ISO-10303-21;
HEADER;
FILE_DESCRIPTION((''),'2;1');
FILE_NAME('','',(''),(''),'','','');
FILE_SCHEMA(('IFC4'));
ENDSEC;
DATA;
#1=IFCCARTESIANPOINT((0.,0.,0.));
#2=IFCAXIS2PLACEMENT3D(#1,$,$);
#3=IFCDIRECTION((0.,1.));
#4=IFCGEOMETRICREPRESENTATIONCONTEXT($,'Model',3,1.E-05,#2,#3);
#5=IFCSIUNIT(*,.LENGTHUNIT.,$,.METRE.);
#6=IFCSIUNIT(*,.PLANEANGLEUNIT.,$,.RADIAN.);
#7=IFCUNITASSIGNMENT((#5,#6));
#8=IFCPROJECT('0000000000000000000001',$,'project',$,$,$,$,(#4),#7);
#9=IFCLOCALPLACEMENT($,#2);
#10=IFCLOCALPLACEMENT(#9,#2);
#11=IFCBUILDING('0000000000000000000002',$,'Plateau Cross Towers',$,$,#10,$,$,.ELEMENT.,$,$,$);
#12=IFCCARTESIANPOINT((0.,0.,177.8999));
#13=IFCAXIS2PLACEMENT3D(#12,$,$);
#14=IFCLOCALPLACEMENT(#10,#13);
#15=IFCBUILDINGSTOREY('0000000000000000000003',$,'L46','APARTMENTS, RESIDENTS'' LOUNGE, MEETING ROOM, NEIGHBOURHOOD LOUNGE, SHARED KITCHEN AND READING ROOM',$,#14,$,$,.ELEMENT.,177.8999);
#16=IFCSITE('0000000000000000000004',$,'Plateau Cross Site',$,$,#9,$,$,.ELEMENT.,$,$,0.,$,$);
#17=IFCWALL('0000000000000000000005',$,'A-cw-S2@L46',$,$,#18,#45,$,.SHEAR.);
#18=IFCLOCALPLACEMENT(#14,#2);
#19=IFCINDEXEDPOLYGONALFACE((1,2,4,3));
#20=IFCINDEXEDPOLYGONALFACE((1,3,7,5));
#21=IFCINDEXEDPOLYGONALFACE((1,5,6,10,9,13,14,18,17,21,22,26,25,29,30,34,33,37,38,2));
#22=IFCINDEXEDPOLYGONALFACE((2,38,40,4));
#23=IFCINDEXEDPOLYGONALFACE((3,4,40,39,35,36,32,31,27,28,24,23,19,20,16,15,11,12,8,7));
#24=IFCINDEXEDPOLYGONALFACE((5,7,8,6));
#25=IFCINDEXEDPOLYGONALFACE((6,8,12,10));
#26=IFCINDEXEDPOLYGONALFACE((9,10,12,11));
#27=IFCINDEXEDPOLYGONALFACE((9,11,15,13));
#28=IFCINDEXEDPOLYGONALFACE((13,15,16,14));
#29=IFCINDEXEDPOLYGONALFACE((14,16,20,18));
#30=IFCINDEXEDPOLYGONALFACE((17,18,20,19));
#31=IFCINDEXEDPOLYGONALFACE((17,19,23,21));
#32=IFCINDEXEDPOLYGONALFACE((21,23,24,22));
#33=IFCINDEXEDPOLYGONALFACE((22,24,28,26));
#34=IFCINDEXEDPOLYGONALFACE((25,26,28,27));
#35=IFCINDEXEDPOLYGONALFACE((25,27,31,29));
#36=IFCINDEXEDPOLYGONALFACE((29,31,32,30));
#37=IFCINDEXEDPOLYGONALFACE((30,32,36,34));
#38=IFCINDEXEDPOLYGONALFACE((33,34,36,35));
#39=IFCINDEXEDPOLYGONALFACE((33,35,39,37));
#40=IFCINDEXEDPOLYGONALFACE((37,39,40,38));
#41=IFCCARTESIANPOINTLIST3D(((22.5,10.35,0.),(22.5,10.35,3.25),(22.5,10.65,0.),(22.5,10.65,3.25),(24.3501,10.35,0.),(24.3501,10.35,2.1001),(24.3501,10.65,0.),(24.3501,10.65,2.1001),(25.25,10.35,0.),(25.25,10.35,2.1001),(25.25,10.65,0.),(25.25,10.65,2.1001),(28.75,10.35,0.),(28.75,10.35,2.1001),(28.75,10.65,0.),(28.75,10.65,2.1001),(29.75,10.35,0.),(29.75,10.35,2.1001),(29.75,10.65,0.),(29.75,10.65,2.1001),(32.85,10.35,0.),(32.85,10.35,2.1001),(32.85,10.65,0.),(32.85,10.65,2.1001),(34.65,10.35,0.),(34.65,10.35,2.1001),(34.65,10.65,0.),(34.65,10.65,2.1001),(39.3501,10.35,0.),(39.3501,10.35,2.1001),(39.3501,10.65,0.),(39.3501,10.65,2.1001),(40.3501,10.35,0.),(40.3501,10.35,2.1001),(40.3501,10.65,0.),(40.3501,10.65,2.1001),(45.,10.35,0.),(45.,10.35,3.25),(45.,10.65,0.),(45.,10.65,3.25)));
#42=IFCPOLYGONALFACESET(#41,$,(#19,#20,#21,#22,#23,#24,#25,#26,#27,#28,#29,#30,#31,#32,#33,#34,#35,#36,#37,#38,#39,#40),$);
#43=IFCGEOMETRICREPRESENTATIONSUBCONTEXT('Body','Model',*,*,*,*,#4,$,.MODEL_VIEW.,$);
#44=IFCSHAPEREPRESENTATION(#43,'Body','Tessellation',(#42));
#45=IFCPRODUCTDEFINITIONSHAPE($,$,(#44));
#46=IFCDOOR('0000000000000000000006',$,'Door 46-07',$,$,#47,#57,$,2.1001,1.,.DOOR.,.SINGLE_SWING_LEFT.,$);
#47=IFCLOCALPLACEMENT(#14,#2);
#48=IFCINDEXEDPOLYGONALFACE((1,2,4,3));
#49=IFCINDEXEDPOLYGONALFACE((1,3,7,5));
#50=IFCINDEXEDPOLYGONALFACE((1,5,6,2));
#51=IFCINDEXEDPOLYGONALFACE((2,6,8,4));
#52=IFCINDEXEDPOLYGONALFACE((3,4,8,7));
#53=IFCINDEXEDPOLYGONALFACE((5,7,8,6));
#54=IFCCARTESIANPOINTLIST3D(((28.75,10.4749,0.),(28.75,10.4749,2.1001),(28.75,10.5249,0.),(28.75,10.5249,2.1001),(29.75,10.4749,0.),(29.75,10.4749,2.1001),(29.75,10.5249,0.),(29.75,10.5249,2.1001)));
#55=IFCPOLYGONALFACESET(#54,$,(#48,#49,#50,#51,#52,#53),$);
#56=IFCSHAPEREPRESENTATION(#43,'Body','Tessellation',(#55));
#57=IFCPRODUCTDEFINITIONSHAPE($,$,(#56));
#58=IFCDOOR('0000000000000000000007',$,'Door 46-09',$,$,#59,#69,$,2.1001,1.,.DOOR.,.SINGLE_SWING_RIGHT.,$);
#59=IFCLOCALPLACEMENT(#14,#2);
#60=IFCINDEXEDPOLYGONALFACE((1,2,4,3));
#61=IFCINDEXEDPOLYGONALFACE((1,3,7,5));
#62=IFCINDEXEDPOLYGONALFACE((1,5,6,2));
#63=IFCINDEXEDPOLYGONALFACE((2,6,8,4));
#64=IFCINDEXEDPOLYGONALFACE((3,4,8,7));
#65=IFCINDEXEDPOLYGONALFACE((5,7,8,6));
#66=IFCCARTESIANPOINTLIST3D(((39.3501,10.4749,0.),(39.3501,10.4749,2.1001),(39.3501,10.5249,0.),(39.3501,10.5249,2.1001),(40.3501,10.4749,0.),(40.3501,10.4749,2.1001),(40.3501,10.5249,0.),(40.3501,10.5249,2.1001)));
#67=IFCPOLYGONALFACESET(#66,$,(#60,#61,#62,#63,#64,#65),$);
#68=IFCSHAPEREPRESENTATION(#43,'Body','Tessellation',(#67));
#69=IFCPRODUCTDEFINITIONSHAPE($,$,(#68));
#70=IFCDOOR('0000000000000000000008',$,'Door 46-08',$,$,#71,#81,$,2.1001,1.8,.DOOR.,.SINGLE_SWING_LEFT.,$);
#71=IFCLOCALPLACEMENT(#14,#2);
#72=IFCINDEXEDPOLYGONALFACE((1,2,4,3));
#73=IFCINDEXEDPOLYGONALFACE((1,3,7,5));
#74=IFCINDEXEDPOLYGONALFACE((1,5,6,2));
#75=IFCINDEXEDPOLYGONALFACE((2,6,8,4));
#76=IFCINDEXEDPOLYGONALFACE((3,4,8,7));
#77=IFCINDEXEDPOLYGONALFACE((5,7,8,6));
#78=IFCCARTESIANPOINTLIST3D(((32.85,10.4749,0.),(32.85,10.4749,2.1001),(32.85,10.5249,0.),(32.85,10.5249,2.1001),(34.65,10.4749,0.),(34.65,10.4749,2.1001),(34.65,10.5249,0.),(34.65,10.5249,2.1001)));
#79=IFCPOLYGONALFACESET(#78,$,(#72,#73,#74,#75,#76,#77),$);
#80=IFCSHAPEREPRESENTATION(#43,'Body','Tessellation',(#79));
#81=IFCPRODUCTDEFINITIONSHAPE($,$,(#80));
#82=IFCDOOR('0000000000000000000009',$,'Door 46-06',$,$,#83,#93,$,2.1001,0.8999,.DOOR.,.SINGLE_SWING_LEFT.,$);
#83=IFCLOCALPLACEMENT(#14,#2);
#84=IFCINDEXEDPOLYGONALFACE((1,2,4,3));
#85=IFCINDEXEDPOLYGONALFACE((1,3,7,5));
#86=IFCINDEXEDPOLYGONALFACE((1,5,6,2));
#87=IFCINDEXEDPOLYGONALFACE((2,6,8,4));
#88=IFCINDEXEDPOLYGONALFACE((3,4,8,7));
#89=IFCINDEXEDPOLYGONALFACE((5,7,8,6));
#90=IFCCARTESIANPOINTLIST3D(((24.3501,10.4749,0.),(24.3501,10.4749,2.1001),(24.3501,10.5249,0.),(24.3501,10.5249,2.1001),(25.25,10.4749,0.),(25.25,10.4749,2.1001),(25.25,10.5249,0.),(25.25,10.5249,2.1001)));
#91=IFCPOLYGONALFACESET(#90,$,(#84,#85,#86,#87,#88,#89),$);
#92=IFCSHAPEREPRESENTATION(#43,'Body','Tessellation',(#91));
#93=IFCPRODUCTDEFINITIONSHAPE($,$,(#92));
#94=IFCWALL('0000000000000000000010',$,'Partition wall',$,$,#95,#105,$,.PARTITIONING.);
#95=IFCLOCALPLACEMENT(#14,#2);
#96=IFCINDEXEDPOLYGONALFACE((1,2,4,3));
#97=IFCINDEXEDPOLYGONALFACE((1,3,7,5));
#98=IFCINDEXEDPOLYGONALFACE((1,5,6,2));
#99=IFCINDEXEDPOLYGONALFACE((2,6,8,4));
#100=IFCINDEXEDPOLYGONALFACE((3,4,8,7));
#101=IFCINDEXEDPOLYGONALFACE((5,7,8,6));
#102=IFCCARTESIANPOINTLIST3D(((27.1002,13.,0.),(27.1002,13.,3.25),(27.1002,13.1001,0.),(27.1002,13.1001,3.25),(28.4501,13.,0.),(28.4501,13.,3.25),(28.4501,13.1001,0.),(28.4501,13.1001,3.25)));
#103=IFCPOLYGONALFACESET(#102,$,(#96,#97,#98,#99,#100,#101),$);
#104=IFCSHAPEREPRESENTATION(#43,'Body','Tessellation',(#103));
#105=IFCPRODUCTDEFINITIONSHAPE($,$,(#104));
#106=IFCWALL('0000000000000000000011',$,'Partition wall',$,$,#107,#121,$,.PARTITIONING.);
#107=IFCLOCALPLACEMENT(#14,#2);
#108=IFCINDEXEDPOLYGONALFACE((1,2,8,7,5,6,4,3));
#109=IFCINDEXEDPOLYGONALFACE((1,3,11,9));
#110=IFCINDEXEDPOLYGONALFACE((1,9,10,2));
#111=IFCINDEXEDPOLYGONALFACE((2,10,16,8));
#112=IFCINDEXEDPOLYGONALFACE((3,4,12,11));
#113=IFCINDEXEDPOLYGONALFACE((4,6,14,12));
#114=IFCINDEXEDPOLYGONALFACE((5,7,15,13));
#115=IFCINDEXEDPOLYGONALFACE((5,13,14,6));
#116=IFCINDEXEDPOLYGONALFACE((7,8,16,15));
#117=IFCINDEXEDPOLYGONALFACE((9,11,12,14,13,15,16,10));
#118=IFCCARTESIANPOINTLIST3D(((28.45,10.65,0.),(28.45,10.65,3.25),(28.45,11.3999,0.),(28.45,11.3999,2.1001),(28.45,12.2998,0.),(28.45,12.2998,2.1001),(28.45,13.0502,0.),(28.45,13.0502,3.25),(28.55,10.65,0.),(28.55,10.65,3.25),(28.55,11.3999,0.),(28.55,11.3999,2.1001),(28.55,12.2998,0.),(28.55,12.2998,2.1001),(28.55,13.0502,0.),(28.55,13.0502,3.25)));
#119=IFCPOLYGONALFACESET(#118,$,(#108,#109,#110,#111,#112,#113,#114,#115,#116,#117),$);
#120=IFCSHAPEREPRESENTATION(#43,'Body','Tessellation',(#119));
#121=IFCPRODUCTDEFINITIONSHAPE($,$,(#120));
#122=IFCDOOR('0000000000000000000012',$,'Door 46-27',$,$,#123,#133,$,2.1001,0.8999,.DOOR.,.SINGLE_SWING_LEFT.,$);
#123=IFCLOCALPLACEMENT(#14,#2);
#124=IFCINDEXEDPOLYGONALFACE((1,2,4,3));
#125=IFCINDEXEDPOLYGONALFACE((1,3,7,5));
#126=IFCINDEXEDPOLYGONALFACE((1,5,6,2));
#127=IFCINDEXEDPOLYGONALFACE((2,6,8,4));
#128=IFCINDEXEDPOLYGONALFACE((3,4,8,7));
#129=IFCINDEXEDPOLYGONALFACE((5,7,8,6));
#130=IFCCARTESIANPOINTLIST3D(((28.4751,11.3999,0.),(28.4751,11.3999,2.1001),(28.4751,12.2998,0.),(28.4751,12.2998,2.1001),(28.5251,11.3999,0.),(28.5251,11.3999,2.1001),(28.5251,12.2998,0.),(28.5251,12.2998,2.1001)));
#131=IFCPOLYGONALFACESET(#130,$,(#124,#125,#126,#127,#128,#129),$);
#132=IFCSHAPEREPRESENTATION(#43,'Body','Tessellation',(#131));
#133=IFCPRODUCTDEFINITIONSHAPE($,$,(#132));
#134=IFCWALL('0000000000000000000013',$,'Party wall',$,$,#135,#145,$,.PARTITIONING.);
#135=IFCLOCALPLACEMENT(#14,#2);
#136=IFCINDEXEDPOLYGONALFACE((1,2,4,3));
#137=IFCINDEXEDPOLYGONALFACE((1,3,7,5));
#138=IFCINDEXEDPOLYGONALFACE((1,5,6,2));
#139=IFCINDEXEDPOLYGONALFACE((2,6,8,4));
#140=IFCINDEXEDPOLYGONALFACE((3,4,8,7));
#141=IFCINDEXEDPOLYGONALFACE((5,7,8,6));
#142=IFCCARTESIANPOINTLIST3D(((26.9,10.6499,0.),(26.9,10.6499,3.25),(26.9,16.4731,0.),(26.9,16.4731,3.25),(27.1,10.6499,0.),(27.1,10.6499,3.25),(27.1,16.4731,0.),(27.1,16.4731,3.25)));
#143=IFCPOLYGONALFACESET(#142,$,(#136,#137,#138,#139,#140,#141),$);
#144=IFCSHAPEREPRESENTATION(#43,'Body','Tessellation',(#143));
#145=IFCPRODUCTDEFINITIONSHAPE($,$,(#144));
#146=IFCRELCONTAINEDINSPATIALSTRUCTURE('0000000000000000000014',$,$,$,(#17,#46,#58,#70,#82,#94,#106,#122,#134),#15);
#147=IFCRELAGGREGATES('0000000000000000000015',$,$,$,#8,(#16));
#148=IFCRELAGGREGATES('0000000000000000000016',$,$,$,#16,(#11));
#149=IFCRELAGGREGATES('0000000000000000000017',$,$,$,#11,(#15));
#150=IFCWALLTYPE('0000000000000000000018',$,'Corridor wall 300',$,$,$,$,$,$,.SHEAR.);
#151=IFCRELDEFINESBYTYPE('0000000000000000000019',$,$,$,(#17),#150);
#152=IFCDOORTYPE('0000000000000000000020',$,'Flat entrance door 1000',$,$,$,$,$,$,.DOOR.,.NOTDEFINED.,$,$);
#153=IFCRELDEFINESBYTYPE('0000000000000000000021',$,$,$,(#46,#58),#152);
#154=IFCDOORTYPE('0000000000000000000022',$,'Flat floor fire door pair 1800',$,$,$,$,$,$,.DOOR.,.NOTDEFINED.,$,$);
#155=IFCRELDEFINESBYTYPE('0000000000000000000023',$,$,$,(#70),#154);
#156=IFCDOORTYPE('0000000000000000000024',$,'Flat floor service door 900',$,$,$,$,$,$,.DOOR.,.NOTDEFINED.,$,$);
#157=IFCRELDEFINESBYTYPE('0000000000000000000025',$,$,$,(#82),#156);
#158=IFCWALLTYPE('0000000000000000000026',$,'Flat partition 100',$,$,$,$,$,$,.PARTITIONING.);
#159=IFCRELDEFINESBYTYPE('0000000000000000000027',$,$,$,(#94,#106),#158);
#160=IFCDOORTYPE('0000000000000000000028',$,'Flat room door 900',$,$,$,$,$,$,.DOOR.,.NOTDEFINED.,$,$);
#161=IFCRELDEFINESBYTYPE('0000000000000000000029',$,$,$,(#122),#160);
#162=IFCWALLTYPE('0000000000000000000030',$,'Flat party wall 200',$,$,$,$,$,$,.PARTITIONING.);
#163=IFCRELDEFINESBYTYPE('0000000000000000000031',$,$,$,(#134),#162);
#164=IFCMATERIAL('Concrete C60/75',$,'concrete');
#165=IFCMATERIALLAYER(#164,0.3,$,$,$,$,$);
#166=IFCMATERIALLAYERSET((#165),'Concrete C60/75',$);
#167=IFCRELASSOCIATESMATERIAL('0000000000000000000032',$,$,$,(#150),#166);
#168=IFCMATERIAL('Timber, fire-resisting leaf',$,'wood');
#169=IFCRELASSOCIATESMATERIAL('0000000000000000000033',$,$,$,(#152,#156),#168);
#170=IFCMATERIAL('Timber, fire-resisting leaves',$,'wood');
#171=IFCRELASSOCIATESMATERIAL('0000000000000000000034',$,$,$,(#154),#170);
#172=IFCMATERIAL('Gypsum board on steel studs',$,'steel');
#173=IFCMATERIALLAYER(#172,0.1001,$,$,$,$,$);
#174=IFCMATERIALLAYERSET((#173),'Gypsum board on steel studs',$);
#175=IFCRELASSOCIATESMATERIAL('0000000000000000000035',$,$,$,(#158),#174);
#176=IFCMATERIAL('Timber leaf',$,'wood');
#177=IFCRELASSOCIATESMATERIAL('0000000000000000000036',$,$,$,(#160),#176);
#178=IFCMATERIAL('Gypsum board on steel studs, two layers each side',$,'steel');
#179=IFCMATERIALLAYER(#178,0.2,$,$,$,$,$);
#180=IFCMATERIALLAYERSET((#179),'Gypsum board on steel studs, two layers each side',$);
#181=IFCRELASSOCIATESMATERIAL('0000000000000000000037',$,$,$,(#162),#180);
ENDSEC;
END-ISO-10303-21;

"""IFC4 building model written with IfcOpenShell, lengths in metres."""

from ifc_helpers import new_model, si_unit, direction, frame, frame_2d, origin, place, context, subcontext, project, spatial, rectangle, extrude, material, layer, layer_set, type_object, element, fill, save


model = new_model("IFC4")

# Units and contexts
model_context = context("Model", 3, precision=1e-05, world=origin(), true_north=direction((0.0, 1.0)))
body_context = subcontext(model_context, "Body", "Model", "MODEL_VIEW")
ifc_project = project(units=[si_unit("LENGTHUNIT", "METRE"), si_unit("PLANEANGLEUNIT", "RADIAN")], contexts=[model_context])

# Site, building, storey
site_placement = place(None, origin())
site = spatial("IfcSite", under=ifc_project, at=site_placement, Name="Plateau Cross Site", CompositionType="ELEMENT", RefElevation=0.0)
building_placement = place(site_placement, origin())
building = spatial("IfcBuilding", under=site, at=building_placement, Name="Plateau Cross Towers", CompositionType="ELEMENT")
storey_placement = place(building_placement, frame((0.0, 0.0, 177.8999)))
storey = spatial("IfcBuildingStorey", under=building, at=storey_placement, Name="L46", Description="APARTMENTS, RESIDENTS' LOUNGE, MEETING ROOM, NEIGHBOURHOOD LOUNGE, SHARED KITCHEN AND READING ROOM", CompositionType="ELEMENT", Elevation=177.8999)

# Shared definitions
ifc_material_1 = material(Name="Concrete C60/75", Category="concrete")

# Wall, openings, doors
ifc_layer_1 = layer(ifc_material_1, 0.3)
ifc_layer_set_1 = layer_set([ifc_layer_1], Name="Concrete C60/75")
wall_type_1 = type_object("IfcWallType", Name="Corridor wall 300", PredefinedType="SHEAR", material=ifc_layer_set_1)
ifc_material_2 = material(Name="Timber, fire-resisting leaf", Category="wood")
door_type_1 = type_object("IfcDoorType", Name="Flat entrance door 1000", OperationType="NOTDEFINED", PredefinedType="DOOR", material=ifc_material_2)
door_type_2 = type_object("IfcDoorType", Name="Flat floor service door 900", OperationType="NOTDEFINED", PredefinedType="DOOR", material=ifc_material_2)
wall_1_placement = place(storey_placement, frame((22.5, 10.5, 0.0), z_axis=(0.0, 0.0, 1.0), x_axis=(1.0, 0.0, 0.0)))
wall_1 = element("IfcWall", 1, at=wall_1_placement, inside=storey, type_object=wall_type_1, Name="A-cw-S2@L46", PredefinedType="SHEAR", context=body_context, shape_type="SweptSolid", body=[
    extrude(rectangle(XDim=22.5, YDim=0.3, at=frame_2d((11.25, 0.0))), origin(), (0.0, 0.0, 1.0), 3.25),
])
opening_1_placement = place(wall_1_placement, frame((1.8501, 0.0, 0.0)))
opening_1 = element("IfcOpeningElement", 2, at=opening_1_placement, cuts=wall_1, PredefinedType="OPENING", context=body_context, shape_type="SweptSolid", body=[
    extrude(rectangle(XDim=0.8999, YDim=2.1001, at=frame_2d((0.45, 1.05))), frame((0.0, 0.1599, 0.0), z_axis=(0.0, -1.0, 0.0), x_axis=(1.0, 0.0, 0.0)), (0.0, 0.0, 1.0), 0.3201),
])
opening_2_placement = place(wall_1_placement, frame((6.25, 0.0, 0.0)))
opening_2 = element("IfcOpeningElement", 3, at=opening_2_placement, cuts=wall_1, PredefinedType="OPENING", context=body_context, shape_type="SweptSolid", body=[
    extrude(rectangle(XDim=1.0, YDim=2.1001, at=frame_2d((0.5, 1.05))), frame((0.0, 0.1599, 0.0), z_axis=(0.0, -1.0, 0.0), x_axis=(1.0, 0.0, 0.0)), (0.0, 0.0, 1.0), 0.3201),
])
opening_3_placement = place(wall_1_placement, frame((10.3501, 0.0, 0.0)))
opening_3 = element("IfcOpeningElement", 4, at=opening_3_placement, cuts=wall_1, PredefinedType="OPENING", context=body_context, shape_type="SweptSolid", body=[
    extrude(rectangle(XDim=1.8, YDim=2.1001, at=frame_2d((0.8999, 1.05))), frame((0.0, 0.1599, 0.0), z_axis=(0.0, -1.0, 0.0), x_axis=(1.0, 0.0, 0.0)), (0.0, 0.0, 1.0), 0.3201),
])
opening_4_placement = place(wall_1_placement, frame((16.8501, 0.0, 0.0)))
opening_4 = element("IfcOpeningElement", 5, at=opening_4_placement, cuts=wall_1, PredefinedType="OPENING", context=body_context, shape_type="SweptSolid", body=[
    extrude(rectangle(XDim=1.0, YDim=2.1001, at=frame_2d((0.5, 1.05))), frame((0.0, 0.1599, 0.0), z_axis=(0.0, -1.0, 0.0), x_axis=(1.0, 0.0, 0.0)), (0.0, 0.0, 1.0), 0.3201),
])
door_1_placement = place(opening_2_placement, origin())
door_1 = element("IfcDoor", 6, at=door_1_placement, inside=storey, type_object=door_type_1, Name="Door 46-07", OperationType="SINGLE_SWING_LEFT", OverallHeight=2.1001, OverallWidth=1.0, PredefinedType="DOOR", context=body_context, shape_type="SweptSolid", body=[
    extrude(rectangle(XDim=1.0, YDim=2.1001, at=frame_2d((0.5, 1.05))), frame((0.0, 0.0249, 0.0), z_axis=(0.0, -1.0, 0.0), x_axis=(1.0, 0.0, 0.0)), (0.0, 0.0, 1.0), 0.05),
])
fill(opening_2, door_1)
door_2_placement = place(opening_4_placement, origin())
door_2 = element("IfcDoor", 7, at=door_2_placement, inside=storey, type_object=door_type_1, Name="Door 46-09", OperationType="SINGLE_SWING_RIGHT", OverallHeight=2.1001, OverallWidth=1.0, PredefinedType="DOOR", context=body_context, shape_type="SweptSolid", body=[
    extrude(rectangle(XDim=1.0, YDim=2.1001, at=frame_2d((0.5, 1.05))), frame((0.0, 0.0249, 0.0), z_axis=(0.0, -1.0, 0.0), x_axis=(1.0, 0.0, 0.0)), (0.0, 0.0, 1.0), 0.05),
])
fill(opening_4, door_2)
ifc_material_3 = material(Name="Timber, fire-resisting leaves", Category="wood")
door_type_3 = type_object("IfcDoorType", Name="Flat floor fire door pair 1800", OperationType="NOTDEFINED", PredefinedType="DOOR", material=ifc_material_3)
door_3_placement = place(opening_3_placement, origin())
door_3 = element("IfcDoor", 8, at=door_3_placement, inside=storey, type_object=door_type_3, Name="Door 46-08", OperationType="SINGLE_SWING_LEFT", OverallHeight=2.1001, OverallWidth=1.8, PredefinedType="DOOR", context=body_context, shape_type="SweptSolid", body=[
    extrude(rectangle(XDim=1.8, YDim=2.1001, at=frame_2d((0.8999, 1.05))), frame((0.0, 0.0249, 0.0), z_axis=(0.0, -1.0, 0.0), x_axis=(1.0, 0.0, 0.0)), (0.0, 0.0, 1.0), 0.05),
])
fill(opening_3, door_3)
door_4_placement = place(opening_1_placement, origin())
door_4 = element("IfcDoor", 9, at=door_4_placement, inside=storey, type_object=door_type_2, Name="Door 46-06", OperationType="SINGLE_SWING_LEFT", OverallHeight=2.1001, OverallWidth=0.8999, PredefinedType="DOOR", context=body_context, shape_type="SweptSolid", body=[
    extrude(rectangle(XDim=0.8999, YDim=2.1001, at=frame_2d((0.45, 1.05))), frame((0.0, 0.0249, 0.0), z_axis=(0.0, -1.0, 0.0), x_axis=(1.0, 0.0, 0.0)), (0.0, 0.0, 1.0), 0.05),
])
fill(opening_1, door_4)

# Wall
ifc_material_4 = material(Name="Gypsum board on steel studs", Category="steel")
ifc_layer_2 = layer(ifc_material_4, 0.1001)
ifc_layer_set_2 = layer_set([ifc_layer_2], Name="Gypsum board on steel studs")
wall_type_2 = type_object("IfcWallType", Name="Flat partition 100", PredefinedType="PARTITIONING", material=ifc_layer_set_2)
wall_2_placement = place(storey_placement, frame((28.45, 13.05, 0.0), z_axis=(0.0, 0.0, 1.0), x_axis=(-1.0, 0.0, 0.0)))
element("IfcWall", 10, at=wall_2_placement, inside=storey, type_object=wall_type_2, Name="Partition wall", PredefinedType="PARTITIONING", context=body_context, shape_type="SweptSolid", body=[
    extrude(rectangle(XDim=1.3499, YDim=0.1001, at=frame_2d((0.6748, 0.0))), origin(), (0.0, 0.0, 1.0), 3.25),
])

# Wall, opening, door
wall_3_placement = place(storey_placement, frame((28.5, 10.6499, 0.0), z_axis=(0.0, 0.0, 1.0), x_axis=(0.0, 1.0, 0.0)))
wall_3 = element("IfcWall", 11, at=wall_3_placement, inside=storey, type_object=wall_type_2, Name="Partition wall", PredefinedType="PARTITIONING", context=body_context, shape_type="SweptSolid", body=[
    extrude(rectangle(XDim=2.4001, YDim=0.1001, at=frame_2d((1.2002, 0.0))), origin(), (0.0, 0.0, 1.0), 3.25),
])
opening_5_placement = place(wall_3_placement, frame((0.75, 0.0, 0.0)))
opening_5 = element("IfcOpeningElement", 12, at=opening_5_placement, cuts=wall_3, PredefinedType="OPENING", context=body_context, shape_type="SweptSolid", body=[
    extrude(rectangle(XDim=0.8999, YDim=2.1001, at=frame_2d((0.45, 1.05))), frame((0.0, 0.0601, 0.0), z_axis=(0.0, -1.0, 0.0), x_axis=(1.0, 0.0, 0.0)), (0.0, 0.0, 1.0), 0.1201),
])
ifc_material_5 = material(Name="Timber leaf", Category="wood")
door_type_4 = type_object("IfcDoorType", Name="Flat room door 900", OperationType="NOTDEFINED", PredefinedType="DOOR", material=ifc_material_5)
door_5_placement = place(opening_5_placement, origin())
door_5 = element("IfcDoor", 13, at=door_5_placement, inside=storey, type_object=door_type_4, Name="Door 46-27", OperationType="SINGLE_SWING_LEFT", OverallHeight=2.1001, OverallWidth=0.8999, PredefinedType="DOOR", context=body_context, shape_type="SweptSolid", body=[
    extrude(rectangle(XDim=0.8999, YDim=2.1001, at=frame_2d((0.45, 1.05))), frame((0.0, 0.0249, 0.0), z_axis=(0.0, -1.0, 0.0), x_axis=(1.0, 0.0, 0.0)), (0.0, 0.0, 1.0), 0.05),
])
fill(opening_5, door_5)

# Wall
ifc_material_6 = material(Name="Gypsum board on steel studs, two layers each side", Category="steel")
ifc_layer_3 = layer(ifc_material_6, 0.2)
ifc_layer_set_3 = layer_set([ifc_layer_3], Name="Gypsum board on steel studs, two layers each side")
wall_type_3 = type_object("IfcWallType", Name="Flat party wall 200", PredefinedType="PARTITIONING", material=ifc_layer_set_3)
wall_4_placement = place(storey_placement, frame((27.0, 10.6499, 0.0), z_axis=(0.0, 0.0, 1.0), x_axis=(0.0, 1.0, 0.0)))
element("IfcWall", 14, at=wall_4_placement, inside=storey, type_object=wall_type_3, Name="Party wall", PredefinedType="PARTITIONING", context=body_context, shape_type="SweptSolid", body=[
    extrude(rectangle(XDim=5.8232, YDim=0.2, at=frame_2d((2.9116, 0.0))), origin(), (0.0, 0.0, 1.0), 3.25),
])

save(model, "model.ifc")
